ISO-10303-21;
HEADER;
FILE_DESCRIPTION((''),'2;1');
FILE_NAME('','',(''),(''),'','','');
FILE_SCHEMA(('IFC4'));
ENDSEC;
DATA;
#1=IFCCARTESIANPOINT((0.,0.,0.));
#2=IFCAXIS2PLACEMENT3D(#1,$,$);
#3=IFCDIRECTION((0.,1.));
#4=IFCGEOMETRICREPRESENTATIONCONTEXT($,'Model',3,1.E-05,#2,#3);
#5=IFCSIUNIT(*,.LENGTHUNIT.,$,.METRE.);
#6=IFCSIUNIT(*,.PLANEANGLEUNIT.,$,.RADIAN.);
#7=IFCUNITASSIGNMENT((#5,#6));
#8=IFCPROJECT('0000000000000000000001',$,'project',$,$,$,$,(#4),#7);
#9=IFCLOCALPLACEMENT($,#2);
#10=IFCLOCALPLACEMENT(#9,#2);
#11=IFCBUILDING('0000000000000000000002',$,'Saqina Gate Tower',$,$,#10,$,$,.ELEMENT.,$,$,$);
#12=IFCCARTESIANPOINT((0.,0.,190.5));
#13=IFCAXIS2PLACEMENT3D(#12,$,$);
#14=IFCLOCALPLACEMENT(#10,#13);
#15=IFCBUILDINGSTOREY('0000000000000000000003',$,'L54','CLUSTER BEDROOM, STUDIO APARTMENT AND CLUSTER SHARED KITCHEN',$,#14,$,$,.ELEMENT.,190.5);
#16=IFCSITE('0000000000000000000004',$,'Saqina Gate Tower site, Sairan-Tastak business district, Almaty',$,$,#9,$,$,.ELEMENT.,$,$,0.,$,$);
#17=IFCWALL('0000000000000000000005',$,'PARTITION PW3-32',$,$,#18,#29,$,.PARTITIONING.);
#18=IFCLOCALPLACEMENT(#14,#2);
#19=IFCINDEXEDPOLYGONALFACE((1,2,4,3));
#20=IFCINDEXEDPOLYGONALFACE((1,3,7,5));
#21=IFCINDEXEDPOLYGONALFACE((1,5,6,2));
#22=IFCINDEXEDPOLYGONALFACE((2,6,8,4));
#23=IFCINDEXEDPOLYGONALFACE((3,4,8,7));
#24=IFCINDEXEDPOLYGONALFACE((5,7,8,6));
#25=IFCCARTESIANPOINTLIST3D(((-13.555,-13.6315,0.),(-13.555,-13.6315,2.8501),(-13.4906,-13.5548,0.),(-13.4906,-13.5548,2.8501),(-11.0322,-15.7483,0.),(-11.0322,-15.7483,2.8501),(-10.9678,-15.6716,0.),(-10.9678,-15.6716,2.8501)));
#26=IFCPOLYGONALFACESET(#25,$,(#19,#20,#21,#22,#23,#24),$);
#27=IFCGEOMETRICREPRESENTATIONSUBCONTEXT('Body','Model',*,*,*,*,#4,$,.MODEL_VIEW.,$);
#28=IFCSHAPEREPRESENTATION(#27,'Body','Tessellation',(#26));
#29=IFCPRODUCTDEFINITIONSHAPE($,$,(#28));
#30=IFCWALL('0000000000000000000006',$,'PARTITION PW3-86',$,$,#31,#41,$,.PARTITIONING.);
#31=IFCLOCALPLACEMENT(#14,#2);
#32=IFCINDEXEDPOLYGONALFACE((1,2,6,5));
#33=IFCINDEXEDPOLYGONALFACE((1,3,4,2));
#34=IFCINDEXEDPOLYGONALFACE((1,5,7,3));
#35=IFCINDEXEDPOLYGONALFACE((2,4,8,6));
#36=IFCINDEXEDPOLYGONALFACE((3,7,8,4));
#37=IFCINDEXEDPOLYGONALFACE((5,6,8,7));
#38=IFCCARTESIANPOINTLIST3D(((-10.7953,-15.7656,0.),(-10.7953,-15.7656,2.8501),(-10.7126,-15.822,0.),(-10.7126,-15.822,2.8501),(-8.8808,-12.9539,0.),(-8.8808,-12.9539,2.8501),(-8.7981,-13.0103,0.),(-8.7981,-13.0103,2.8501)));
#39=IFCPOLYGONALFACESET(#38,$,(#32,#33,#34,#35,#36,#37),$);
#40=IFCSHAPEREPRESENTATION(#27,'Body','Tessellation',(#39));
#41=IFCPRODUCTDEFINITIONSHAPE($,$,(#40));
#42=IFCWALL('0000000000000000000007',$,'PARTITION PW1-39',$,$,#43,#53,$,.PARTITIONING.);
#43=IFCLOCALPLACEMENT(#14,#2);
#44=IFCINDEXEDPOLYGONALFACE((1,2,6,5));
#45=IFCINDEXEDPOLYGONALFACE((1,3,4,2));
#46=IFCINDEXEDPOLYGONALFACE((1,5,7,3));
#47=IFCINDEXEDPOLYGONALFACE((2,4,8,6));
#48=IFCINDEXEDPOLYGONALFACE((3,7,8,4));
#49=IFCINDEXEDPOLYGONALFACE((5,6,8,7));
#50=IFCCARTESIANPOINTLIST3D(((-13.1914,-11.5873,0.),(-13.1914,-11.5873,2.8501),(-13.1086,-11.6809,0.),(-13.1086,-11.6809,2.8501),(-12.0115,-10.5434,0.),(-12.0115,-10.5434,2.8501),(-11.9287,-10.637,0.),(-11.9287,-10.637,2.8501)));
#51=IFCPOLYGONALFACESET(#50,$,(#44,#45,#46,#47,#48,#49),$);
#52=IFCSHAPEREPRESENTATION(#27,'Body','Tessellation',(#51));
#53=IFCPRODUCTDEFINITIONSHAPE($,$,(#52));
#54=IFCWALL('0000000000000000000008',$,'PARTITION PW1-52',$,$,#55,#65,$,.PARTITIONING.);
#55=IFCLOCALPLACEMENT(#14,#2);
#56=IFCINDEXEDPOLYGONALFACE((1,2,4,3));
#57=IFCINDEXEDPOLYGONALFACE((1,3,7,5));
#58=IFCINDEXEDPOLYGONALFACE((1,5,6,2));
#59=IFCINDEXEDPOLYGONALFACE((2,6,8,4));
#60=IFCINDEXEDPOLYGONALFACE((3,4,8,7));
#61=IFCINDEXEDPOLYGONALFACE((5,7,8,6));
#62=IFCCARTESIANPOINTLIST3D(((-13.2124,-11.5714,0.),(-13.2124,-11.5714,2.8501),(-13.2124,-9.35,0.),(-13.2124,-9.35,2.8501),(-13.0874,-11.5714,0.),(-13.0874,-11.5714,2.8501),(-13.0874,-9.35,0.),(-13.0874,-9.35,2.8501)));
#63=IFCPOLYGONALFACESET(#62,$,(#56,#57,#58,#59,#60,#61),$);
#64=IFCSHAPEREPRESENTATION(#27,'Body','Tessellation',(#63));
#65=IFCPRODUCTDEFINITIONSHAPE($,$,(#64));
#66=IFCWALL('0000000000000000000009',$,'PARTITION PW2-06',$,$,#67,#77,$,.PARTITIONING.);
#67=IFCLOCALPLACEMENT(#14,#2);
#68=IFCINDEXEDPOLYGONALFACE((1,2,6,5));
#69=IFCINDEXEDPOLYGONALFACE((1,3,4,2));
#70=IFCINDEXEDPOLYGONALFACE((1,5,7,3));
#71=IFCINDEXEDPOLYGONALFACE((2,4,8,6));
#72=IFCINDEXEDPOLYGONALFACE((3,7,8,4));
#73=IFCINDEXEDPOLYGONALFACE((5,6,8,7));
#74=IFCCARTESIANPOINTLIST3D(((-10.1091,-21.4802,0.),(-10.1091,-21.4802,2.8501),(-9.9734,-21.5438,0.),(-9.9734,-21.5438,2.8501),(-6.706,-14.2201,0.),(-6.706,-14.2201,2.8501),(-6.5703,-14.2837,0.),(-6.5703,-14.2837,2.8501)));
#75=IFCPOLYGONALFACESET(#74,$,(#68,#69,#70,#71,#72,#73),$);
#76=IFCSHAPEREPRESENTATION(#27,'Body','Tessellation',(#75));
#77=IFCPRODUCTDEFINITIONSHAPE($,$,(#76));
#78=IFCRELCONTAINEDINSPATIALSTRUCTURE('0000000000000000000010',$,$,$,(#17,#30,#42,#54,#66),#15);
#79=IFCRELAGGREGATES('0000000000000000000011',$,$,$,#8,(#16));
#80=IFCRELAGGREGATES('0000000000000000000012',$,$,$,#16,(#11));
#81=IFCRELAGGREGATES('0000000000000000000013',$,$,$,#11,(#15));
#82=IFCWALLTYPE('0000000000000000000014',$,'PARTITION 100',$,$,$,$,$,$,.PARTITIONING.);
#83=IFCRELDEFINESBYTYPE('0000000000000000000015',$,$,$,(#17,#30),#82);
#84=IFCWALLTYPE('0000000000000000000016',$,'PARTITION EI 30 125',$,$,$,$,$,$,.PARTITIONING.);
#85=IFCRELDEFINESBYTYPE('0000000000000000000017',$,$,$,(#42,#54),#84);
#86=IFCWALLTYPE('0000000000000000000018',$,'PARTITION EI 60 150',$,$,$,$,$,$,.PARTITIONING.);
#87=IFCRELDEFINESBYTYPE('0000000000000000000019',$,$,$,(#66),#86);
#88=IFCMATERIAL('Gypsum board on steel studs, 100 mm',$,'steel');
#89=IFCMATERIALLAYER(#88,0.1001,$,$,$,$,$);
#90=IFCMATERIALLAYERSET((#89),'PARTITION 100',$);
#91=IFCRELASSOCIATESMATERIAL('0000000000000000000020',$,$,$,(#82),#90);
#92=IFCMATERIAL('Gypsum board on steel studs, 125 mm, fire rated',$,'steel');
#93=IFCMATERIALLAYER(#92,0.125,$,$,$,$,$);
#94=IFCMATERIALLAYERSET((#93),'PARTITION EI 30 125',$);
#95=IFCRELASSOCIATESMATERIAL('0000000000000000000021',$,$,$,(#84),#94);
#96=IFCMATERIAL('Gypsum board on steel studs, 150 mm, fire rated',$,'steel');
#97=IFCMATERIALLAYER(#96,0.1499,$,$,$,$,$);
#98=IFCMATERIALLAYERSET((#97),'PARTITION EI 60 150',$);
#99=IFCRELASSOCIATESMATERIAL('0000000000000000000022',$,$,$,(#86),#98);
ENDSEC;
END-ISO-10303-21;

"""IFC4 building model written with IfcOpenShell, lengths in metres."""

from ifc_helpers import new_model, si_unit, direction, frame, frame_2d, origin, place, context, subcontext, project, spatial, rectangle, extrude, material, layer, layer_set, type_object, element, save


model = new_model("IFC4")

# Units and contexts
model_context = context("Model", 3, precision=1e-05, world=origin(), true_north=direction((0.0, 1.0)))
body_context = subcontext(model_context, "Body", "Model", "MODEL_VIEW")
ifc_project = project(units=[si_unit("LENGTHUNIT", "METRE"), si_unit("PLANEANGLEUNIT", "RADIAN")], contexts=[model_context])

# Site, building, storey
site_placement = place(None, origin())
site = spatial("IfcSite", under=ifc_project, at=site_placement, Name="Saqina Gate Tower site, Sairan-Tastak business district, Almaty", CompositionType="ELEMENT", RefElevation=0.0)
building_placement = place(site_placement, origin())
building = spatial("IfcBuilding", under=site, at=building_placement, Name="Saqina Gate Tower", CompositionType="ELEMENT")
storey_placement = place(building_placement, frame((0.0, 0.0, 190.5)))
storey = spatial("IfcBuildingStorey", under=building, at=storey_placement, Name="L54", Description="CLUSTER BEDROOM, STUDIO APARTMENT AND CLUSTER SHARED KITCHEN", CompositionType="ELEMENT", Elevation=190.5)

# Walls
ifc_material_1 = material(Name="Gypsum board on steel studs, 100 mm", Category="steel")
ifc_layer_1 = layer(ifc_material_1, 0.1001)
ifc_layer_set_1 = layer_set([ifc_layer_1], Name="PARTITION 100")
wall_type_1 = type_object("IfcWallType", Name="PARTITION 100", PredefinedType="PARTITIONING", material=ifc_layer_set_1)
wall_1_placement = place(storey_placement, frame((-13.5227, -13.5933, 0.0), z_axis=(0.0, 0.0, 1.0), x_axis=(0.76606, -0.642769, 0.0)))
element("IfcWall", 1, at=wall_1_placement, inside=storey, type_object=wall_type_1, Name="PARTITION PW3-32", PredefinedType="PARTITIONING", context=body_context, shape_type="SweptSolid", body=[
    extrude(rectangle(XDim=3.2932, YDim=0.1001, at=frame_2d((1.6465, 0.0))), origin(), (0.0, 0.0, 1.0), 2.8501),
])
wall_2_placement = place(storey_placement, frame((-10.7539, -15.7937, 0.0), z_axis=(0.0, 0.0, 1.0), x_axis=(0.562822, 0.826578, 0.0)))
element("IfcWall", 2, at=wall_2_placement, inside=storey, type_object=wall_type_1, Name="PARTITION PW3-86", PredefinedType="PARTITIONING", context=body_context, shape_type="SweptSolid", body=[
    extrude(rectangle(XDim=3.4016, YDim=0.1001, at=frame_2d((1.7007, 0.0))), origin(), (0.0, 0.0, 1.0), 2.8501),
])
ifc_material_2 = material(Name="Gypsum board on steel studs, 125 mm, fire rated", Category="steel")
ifc_layer_2 = layer(ifc_material_2, 0.125)
ifc_layer_set_2 = layer_set([ifc_layer_2], Name="PARTITION EI 30 125")
wall_type_2 = type_object("IfcWallType", Name="PARTITION EI 30 125", PredefinedType="PARTITIONING", material=ifc_layer_set_2)
wall_3_placement = place(storey_placement, frame((-13.1499, -11.634, 0.0), z_axis=(0.0, 0.0, 1.0), x_axis=(0.748946, 0.662631, 0.0)))
element("IfcWall", 3, at=wall_3_placement, inside=storey, type_object=wall_type_2, Name="PARTITION PW1-39", PredefinedType="PARTITIONING", context=body_context, shape_type="SweptSolid", body=[
    extrude(rectangle(XDim=1.5754, YDim=0.125, at=frame_2d((0.7876, 0.0))), origin(), (0.0, 0.0, 1.0), 2.8501),
])
wall_4_placement = place(storey_placement, frame((-13.1499, -11.5715, 0.0), z_axis=(0.0, 0.0, 1.0), x_axis=(0.0, 1.0, 0.0)))
element("IfcWall", 4, at=wall_4_placement, inside=storey, type_object=wall_type_2, Name="PARTITION PW1-52", PredefinedType="PARTITIONING", context=body_context, shape_type="SweptSolid", body=[
    extrude(rectangle(XDim=2.2214, YDim=0.125, at=frame_2d((1.1108, 0.0))), origin(), (0.0, 0.0, 1.0), 2.8501),
])
ifc_material_3 = material(Name="Gypsum board on steel studs, 150 mm, fire rated", Category="steel")
ifc_layer_3 = layer(ifc_material_3, 0.1499)
ifc_layer_set_3 = layer_set([ifc_layer_3], Name="PARTITION EI 60 150")
wall_type_3 = type_object("IfcWallType", Name="PARTITION EI 60 150", PredefinedType="PARTITIONING", material=ifc_layer_set_3)
wall_5_placement = place(storey_placement, frame((-10.0413, -21.512, 0.0), z_axis=(0.0, 0.0, 1.0), x_axis=(0.424428, 0.905461, 0.0)))
element("IfcWall", 5, at=wall_5_placement, inside=storey, type_object=wall_type_3, Name="PARTITION PW2-06", PredefinedType="PARTITIONING", context=body_context, shape_type="SweptSolid", body=[
    extrude(rectangle(XDim=8.0181, YDim=0.1499, at=frame_2d((4.009, 0.0))), origin(), (0.0, 0.0, 1.0), 2.8501),
])

save(model, "model.ifc")
